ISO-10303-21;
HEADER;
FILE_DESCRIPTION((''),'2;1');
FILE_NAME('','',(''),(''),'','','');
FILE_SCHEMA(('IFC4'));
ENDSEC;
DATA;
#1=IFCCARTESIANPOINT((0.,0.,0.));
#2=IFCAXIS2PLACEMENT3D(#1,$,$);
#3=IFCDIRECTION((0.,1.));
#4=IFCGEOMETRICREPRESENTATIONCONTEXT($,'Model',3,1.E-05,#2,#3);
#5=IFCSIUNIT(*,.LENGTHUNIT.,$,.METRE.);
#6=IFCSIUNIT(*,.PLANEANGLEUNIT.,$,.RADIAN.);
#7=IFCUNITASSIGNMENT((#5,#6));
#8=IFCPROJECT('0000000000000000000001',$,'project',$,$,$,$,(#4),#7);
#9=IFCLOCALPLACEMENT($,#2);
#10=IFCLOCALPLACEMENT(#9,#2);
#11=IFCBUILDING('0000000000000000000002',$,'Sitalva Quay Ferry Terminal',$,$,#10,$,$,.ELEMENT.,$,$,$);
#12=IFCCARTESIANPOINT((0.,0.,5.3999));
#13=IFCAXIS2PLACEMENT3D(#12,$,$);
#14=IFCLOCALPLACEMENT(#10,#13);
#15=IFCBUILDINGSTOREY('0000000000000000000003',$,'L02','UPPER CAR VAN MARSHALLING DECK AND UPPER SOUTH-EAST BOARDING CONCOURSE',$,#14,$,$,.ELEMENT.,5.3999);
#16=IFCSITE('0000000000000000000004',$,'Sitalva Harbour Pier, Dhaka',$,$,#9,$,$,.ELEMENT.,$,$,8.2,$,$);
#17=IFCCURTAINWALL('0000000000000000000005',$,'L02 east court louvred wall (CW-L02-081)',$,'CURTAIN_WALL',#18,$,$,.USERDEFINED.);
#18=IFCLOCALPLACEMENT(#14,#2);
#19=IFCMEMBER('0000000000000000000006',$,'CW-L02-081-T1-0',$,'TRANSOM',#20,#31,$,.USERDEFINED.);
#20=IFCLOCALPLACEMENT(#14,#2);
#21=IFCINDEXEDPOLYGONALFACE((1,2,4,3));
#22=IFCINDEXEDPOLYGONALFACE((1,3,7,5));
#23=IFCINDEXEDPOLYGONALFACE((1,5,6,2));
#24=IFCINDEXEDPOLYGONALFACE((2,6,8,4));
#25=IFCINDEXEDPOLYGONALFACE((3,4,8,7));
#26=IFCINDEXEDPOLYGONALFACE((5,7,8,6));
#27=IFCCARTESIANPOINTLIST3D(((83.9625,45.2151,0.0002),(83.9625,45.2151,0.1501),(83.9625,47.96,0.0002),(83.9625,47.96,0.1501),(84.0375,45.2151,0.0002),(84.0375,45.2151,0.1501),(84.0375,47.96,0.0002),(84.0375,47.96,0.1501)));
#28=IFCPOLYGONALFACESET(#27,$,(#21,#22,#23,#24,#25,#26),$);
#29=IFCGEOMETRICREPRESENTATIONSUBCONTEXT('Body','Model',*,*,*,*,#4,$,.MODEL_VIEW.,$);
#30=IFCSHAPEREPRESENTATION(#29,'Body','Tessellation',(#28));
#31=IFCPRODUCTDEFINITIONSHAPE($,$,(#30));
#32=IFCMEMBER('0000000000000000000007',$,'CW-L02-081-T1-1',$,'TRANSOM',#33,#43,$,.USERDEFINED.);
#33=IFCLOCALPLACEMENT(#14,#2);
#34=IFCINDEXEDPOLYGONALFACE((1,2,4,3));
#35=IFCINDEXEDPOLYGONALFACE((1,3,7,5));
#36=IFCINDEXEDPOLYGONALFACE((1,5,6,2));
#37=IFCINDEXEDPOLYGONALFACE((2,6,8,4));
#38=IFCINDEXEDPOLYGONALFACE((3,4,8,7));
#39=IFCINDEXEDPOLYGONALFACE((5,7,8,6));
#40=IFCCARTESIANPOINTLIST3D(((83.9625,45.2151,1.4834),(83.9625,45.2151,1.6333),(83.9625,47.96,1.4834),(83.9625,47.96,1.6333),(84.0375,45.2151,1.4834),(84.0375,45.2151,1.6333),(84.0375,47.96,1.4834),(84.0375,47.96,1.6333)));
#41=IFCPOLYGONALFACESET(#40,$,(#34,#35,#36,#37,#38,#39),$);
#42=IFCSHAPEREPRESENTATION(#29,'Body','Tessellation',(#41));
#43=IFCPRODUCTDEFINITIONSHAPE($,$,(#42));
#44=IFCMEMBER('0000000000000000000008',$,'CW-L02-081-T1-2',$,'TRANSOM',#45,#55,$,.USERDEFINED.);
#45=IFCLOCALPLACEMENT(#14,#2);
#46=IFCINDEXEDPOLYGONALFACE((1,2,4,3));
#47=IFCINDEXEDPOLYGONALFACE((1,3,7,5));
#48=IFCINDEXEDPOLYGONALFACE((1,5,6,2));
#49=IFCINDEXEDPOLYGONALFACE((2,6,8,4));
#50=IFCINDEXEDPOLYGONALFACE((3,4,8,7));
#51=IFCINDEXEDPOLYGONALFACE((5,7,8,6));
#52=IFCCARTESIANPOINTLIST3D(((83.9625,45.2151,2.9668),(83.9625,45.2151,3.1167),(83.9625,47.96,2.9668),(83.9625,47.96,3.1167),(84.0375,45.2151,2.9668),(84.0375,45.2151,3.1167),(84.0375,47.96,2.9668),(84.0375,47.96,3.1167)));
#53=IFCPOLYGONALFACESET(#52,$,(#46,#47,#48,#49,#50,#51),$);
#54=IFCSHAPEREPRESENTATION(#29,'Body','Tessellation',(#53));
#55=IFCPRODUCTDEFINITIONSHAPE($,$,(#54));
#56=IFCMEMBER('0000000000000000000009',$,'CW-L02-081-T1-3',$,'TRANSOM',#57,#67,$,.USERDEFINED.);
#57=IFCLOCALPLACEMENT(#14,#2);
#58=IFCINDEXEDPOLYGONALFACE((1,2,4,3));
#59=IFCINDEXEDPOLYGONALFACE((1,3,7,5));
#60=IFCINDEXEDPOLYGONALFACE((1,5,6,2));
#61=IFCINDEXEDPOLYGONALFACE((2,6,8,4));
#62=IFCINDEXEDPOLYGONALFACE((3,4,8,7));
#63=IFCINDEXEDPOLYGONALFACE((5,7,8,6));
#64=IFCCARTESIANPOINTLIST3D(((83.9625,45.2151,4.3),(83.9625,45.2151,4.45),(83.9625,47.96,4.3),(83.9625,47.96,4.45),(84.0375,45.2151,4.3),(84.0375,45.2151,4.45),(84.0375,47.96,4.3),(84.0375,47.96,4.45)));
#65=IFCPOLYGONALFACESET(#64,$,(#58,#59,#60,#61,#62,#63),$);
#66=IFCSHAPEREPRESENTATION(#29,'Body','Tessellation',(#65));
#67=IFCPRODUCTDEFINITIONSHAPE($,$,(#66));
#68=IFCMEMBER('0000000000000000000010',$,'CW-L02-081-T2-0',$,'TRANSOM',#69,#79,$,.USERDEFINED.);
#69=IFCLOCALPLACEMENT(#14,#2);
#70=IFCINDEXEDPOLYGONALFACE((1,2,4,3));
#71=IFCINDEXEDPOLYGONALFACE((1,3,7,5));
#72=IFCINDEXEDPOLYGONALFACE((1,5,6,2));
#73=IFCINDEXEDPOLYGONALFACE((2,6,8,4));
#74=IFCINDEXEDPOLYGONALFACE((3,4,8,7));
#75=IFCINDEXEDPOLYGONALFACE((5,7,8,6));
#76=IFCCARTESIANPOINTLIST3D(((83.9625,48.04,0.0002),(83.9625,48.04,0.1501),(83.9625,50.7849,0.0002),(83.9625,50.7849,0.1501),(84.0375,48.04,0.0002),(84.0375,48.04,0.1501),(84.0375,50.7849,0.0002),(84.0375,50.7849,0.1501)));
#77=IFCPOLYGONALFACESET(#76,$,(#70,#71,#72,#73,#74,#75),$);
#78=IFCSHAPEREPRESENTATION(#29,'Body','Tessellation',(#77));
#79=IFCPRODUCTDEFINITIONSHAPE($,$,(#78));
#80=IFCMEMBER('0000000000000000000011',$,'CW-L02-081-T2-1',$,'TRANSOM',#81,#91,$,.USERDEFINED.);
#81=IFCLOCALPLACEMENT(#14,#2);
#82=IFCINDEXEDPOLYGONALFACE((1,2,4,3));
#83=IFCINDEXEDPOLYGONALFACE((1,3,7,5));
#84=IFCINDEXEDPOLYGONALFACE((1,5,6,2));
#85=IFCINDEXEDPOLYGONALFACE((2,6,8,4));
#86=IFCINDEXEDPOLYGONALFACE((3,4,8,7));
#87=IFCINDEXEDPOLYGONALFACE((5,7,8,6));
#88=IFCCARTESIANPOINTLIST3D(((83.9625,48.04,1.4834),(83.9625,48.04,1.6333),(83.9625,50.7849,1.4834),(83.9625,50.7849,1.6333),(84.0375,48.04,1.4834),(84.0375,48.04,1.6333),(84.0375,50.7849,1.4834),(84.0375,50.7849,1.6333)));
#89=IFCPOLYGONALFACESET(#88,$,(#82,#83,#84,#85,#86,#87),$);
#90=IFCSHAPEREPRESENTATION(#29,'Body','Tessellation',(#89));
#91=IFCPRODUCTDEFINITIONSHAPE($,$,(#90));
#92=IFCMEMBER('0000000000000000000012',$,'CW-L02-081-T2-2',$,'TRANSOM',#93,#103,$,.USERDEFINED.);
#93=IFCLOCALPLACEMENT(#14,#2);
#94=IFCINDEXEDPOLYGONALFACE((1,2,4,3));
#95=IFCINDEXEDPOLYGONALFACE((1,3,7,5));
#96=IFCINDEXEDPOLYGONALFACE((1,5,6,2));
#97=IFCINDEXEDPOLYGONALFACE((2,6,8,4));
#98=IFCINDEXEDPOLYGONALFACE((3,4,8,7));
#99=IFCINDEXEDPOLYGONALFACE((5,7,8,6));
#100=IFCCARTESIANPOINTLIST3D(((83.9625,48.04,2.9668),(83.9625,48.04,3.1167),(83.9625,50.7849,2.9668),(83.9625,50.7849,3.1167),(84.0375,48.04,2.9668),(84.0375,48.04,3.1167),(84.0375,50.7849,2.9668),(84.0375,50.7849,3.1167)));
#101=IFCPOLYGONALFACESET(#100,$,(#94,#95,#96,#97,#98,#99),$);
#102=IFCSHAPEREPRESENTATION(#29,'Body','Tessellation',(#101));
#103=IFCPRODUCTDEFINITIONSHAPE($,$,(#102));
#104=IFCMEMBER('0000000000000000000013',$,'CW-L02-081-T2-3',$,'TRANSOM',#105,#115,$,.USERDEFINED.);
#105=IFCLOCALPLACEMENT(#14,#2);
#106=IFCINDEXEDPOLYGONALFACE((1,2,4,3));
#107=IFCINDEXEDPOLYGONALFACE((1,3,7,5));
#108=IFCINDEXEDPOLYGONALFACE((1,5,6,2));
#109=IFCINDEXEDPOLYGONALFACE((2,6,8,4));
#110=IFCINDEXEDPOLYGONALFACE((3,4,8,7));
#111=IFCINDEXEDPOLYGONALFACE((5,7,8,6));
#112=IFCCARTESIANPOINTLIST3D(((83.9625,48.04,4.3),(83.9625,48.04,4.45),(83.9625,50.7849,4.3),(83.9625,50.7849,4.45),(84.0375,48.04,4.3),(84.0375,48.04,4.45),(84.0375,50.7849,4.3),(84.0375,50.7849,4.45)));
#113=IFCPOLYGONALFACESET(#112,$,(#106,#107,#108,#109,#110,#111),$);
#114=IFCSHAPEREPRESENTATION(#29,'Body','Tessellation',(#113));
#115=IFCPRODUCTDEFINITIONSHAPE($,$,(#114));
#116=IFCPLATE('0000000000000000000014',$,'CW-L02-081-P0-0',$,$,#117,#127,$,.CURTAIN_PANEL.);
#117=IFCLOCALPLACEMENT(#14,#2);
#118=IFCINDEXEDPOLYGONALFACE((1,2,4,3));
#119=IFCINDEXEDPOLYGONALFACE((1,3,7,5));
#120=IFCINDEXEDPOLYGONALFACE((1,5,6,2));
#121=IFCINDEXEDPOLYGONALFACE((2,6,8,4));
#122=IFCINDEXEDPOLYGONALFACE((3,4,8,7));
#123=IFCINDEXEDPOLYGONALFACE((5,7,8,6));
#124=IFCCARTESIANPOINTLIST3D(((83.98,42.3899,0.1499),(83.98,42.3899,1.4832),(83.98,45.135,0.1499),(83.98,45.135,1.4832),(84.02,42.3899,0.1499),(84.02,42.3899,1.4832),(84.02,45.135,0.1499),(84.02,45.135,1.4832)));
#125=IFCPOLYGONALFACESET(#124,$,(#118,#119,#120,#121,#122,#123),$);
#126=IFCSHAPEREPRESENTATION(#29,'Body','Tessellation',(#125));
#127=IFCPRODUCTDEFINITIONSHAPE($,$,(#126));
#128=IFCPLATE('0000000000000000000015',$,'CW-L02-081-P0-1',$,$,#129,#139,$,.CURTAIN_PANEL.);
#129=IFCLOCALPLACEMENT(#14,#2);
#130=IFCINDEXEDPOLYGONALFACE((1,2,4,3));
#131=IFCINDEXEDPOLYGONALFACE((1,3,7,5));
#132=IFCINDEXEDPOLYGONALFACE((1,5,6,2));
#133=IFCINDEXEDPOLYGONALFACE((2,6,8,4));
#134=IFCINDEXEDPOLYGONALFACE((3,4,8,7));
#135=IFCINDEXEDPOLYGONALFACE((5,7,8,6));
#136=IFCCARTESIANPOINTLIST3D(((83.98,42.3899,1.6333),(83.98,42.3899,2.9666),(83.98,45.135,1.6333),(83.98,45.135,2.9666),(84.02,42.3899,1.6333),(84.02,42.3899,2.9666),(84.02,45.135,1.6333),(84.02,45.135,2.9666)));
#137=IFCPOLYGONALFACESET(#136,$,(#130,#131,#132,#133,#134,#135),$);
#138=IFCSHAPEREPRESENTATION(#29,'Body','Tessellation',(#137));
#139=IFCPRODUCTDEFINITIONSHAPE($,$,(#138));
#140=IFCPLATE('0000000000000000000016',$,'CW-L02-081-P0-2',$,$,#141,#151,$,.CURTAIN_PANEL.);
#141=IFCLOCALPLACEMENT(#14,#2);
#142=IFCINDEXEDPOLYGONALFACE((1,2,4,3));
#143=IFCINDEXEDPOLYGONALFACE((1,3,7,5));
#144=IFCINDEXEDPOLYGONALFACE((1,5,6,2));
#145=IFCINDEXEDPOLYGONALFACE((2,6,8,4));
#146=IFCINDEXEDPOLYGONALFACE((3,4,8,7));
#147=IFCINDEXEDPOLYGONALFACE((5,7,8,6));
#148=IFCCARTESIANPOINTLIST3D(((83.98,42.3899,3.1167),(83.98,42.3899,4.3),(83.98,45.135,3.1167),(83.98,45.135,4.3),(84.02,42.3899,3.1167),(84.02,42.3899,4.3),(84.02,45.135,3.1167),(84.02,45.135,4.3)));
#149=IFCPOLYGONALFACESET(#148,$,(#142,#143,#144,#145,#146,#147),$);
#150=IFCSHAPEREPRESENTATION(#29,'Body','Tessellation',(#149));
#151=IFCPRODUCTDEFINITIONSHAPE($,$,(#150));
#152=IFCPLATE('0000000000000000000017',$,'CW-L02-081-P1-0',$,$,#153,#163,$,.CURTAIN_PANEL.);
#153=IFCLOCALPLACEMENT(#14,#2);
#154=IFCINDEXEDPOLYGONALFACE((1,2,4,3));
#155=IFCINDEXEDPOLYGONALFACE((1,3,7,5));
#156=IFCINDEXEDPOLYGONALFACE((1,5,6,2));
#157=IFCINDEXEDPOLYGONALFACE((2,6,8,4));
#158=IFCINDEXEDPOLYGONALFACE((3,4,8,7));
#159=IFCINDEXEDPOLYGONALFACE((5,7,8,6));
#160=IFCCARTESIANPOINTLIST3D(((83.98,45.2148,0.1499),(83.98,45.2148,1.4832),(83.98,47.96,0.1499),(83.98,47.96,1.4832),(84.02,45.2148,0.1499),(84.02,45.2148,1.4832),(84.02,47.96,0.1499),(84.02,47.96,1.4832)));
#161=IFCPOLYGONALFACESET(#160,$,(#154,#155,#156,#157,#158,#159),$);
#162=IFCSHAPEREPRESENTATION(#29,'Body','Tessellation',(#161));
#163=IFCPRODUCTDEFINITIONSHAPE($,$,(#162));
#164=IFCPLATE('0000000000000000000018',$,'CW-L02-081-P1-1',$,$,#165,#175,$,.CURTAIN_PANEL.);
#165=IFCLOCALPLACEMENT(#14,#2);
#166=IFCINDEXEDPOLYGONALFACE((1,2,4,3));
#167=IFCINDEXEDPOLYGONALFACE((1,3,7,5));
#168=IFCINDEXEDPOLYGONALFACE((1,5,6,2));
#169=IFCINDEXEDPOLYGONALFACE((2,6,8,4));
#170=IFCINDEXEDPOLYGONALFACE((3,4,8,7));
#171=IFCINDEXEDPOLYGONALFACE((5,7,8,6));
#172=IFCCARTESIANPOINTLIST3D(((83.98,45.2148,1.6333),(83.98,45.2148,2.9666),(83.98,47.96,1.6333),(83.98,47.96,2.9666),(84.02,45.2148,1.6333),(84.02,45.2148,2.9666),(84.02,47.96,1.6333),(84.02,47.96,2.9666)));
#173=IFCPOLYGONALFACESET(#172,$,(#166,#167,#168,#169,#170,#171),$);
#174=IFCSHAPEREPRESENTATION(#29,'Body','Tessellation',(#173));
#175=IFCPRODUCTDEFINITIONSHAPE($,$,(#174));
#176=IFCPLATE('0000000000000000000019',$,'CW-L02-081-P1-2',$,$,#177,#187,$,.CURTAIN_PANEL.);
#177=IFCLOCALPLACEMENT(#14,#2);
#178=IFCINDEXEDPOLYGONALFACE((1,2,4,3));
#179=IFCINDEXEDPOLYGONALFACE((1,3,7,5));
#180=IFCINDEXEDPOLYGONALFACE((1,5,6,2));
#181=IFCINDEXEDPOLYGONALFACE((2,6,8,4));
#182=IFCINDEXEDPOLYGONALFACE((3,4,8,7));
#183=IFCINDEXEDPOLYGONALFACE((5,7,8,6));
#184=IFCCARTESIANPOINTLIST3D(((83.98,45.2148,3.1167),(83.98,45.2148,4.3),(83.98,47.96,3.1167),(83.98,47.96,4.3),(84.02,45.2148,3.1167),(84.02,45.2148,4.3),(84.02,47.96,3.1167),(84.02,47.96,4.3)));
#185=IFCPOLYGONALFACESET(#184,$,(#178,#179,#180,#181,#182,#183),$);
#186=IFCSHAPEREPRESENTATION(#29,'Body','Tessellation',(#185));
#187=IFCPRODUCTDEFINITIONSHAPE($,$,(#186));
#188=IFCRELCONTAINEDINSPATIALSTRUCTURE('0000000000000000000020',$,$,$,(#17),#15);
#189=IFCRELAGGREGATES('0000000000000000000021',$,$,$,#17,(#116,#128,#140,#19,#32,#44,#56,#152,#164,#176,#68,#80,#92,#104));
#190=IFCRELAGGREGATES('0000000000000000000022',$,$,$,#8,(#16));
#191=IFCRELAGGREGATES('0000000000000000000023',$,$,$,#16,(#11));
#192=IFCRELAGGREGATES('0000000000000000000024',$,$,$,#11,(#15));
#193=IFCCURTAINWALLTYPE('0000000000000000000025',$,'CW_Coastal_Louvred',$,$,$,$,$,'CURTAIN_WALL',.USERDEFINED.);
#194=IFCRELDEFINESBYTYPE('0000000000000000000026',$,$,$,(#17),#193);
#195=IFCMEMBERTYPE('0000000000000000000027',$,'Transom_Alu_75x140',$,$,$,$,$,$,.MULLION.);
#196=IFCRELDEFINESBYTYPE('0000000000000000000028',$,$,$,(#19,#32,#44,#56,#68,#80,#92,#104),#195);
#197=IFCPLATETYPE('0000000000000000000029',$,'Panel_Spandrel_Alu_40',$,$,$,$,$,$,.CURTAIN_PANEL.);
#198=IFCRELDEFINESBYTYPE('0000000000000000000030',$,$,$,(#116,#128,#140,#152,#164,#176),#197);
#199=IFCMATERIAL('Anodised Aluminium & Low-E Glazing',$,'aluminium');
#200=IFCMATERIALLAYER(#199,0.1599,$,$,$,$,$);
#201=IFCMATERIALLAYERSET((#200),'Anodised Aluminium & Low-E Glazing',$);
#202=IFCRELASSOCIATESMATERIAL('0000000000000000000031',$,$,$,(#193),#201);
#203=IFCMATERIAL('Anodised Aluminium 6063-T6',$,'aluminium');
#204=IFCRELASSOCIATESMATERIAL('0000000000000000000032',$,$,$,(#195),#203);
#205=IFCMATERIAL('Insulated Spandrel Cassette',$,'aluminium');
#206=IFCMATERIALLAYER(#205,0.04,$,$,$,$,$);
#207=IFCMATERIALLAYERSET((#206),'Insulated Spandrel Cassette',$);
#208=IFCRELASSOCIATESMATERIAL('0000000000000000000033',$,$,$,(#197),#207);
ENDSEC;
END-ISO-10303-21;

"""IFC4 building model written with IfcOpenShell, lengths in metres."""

from ifc_helpers import new_model, si_unit, direction, frame, origin, origin_2d, place, context, subcontext, project, spatial, rectangle, extrude, material, layer, layer_set, material_profile, profile_set, type_object, element, aggregate, save


model = new_model("IFC4")

# Units and contexts
model_context = context("Model", 3, precision=1e-05, world=origin(), true_north=direction((0.0, 1.0)))
body_context = subcontext(model_context, "Body", "Model", "MODEL_VIEW")
ifc_project = project(units=[si_unit("LENGTHUNIT", "METRE"), si_unit("PLANEANGLEUNIT", "RADIAN")], contexts=[model_context])

# Site, building, storey
site_placement = place(None, origin())
site = spatial("IfcSite", under=ifc_project, at=site_placement, Name="Sitalva Harbour Pier, Dhaka", CompositionType="ELEMENT", RefElevation=8.2)
building_placement = place(site_placement, origin())
building = spatial("IfcBuilding", under=site, at=building_placement, Name="Sitalva Quay Ferry Terminal", CompositionType="ELEMENT")
storey_placement = place(building_placement, frame((0.0, 0.0, 5.3999)))
storey = spatial("IfcBuildingStorey", under=building, at=storey_placement, Name="L02", Description="UPPER CAR VAN MARSHALLING DECK AND UPPER SOUTH-EAST BOARDING CONCOURSE", CompositionType="ELEMENT", Elevation=5.3999)

# Curtain wall, members, plates
ifc_material_1 = material(Name="Anodised Aluminium & Low-E Glazing", Category="aluminium")
ifc_layer_1 = layer(ifc_material_1, 0.1599)
ifc_layer_set_1 = layer_set([ifc_layer_1], Name="Anodised Aluminium & Low-E Glazing")
curtain_wall_type = type_object("IfcCurtainWallType", Name="CW_Coastal_Louvred", ElementType="CURTAIN_WALL", PredefinedType="USERDEFINED", material=ifc_layer_set_1)
curtain_wall_placement = place(storey_placement, origin())
curtain_wall = element("IfcCurtainWall", 1, at=curtain_wall_placement, inside=storey, type_object=curtain_wall_type, Name="L02 east court louvred wall (CW-L02-081)", ObjectType="CURTAIN_WALL", PredefinedType="USERDEFINED")
ifc_material_2 = material(Name="Anodised Aluminium 6063-T6", Category="aluminium")
ifc_material_profile_1 = material_profile(ifc_material_2, rectangle(XDim=0.075, YDim=0.1499, at=origin_2d()), Name="ALU75x150")
ifc_profile_set_1 = profile_set([ifc_material_profile_1], Name="Anodised Aluminium 6063-T6")
member_type_1 = type_object("IfcMemberType", Name="Transom_Alu_75x140", PredefinedType="MULLION", material=ifc_profile_set_1)
member_1_placement = place(storey_placement, frame((84.0, 45.2151, 0.0752), z_axis=(0.0, 1.0, 0.0), x_axis=(-1.0, 0.0, 0.0)))
member_1 = element("IfcMember", 2, at=member_1_placement, type_object=member_type_1, Name="CW-L02-081-T1-0", ObjectType="TRANSOM", PredefinedType="USERDEFINED", context=body_context, shape_type="SweptSolid", body=[
    extrude(rectangle(XDim=0.075, YDim=0.1499, at=origin_2d()), origin(), (0.0, 0.0, 1.0), 2.7449),
])
member_2_placement = place(storey_placement, frame((84.0, 45.2151, 1.5583), z_axis=(0.0, 1.0, 0.0), x_axis=(-1.0, 0.0, 0.0)))
member_2 = element("IfcMember", 3, at=member_2_placement, type_object=member_type_1, Name="CW-L02-081-T1-1", ObjectType="TRANSOM", PredefinedType="USERDEFINED", context=body_context, shape_type="SweptSolid", body=[
    extrude(rectangle(XDim=0.075, YDim=0.1499, at=origin_2d()), origin(), (0.0, 0.0, 1.0), 2.7449),
])
member_3_placement = place(storey_placement, frame((84.0, 45.2151, 3.0417), z_axis=(0.0, 1.0, 0.0), x_axis=(-1.0, 0.0, 0.0)))
member_3 = element("IfcMember", 4, at=member_3_placement, type_object=member_type_1, Name="CW-L02-081-T1-2", ObjectType="TRANSOM", PredefinedType="USERDEFINED", context=body_context, shape_type="SweptSolid", body=[
    extrude(rectangle(XDim=0.075, YDim=0.1499, at=origin_2d()), origin(), (0.0, 0.0, 1.0), 2.7449),
])
member_4_placement = place(storey_placement, frame((84.0, 45.2151, 4.375), z_axis=(0.0, 1.0, 0.0), x_axis=(-1.0, 0.0, 0.0)))
member_4 = element("IfcMember", 5, at=member_4_placement, type_object=member_type_1, Name="CW-L02-081-T1-3", ObjectType="TRANSOM", PredefinedType="USERDEFINED", context=body_context, shape_type="SweptSolid", body=[
    extrude(rectangle(XDim=0.075, YDim=0.1499, at=origin_2d()), origin(), (0.0, 0.0, 1.0), 2.7449),
])
member_5_placement = place(storey_placement, frame((84.0, 48.04, 0.0752), z_axis=(0.0, 1.0, 0.0), x_axis=(-1.0, 0.0, 0.0)))
member_5 = element("IfcMember", 6, at=member_5_placement, type_object=member_type_1, Name="CW-L02-081-T2-0", ObjectType="TRANSOM", PredefinedType="USERDEFINED", context=body_context, shape_type="SweptSolid", body=[
    extrude(rectangle(XDim=0.075, YDim=0.1499, at=origin_2d()), origin(), (0.0, 0.0, 1.0), 2.7449),
])
member_6_placement = place(storey_placement, frame((84.0, 48.04, 1.5583), z_axis=(0.0, 1.0, 0.0), x_axis=(-1.0, 0.0, 0.0)))
member_6 = element("IfcMember", 7, at=member_6_placement, type_object=member_type_1, Name="CW-L02-081-T2-1", ObjectType="TRANSOM", PredefinedType="USERDEFINED", context=body_context, shape_type="SweptSolid", body=[
    extrude(rectangle(XDim=0.075, YDim=0.1499, at=origin_2d()), origin(), (0.0, 0.0, 1.0), 2.7449),
])
member_7_placement = place(storey_placement, frame((84.0, 48.04, 3.0417), z_axis=(0.0, 1.0, 0.0), x_axis=(-1.0, 0.0, 0.0)))
member_7 = element("IfcMember", 8, at=member_7_placement, type_object=member_type_1, Name="CW-L02-081-T2-2", ObjectType="TRANSOM", PredefinedType="USERDEFINED", context=body_context, shape_type="SweptSolid", body=[
    extrude(rectangle(XDim=0.075, YDim=0.1499, at=origin_2d()), origin(), (0.0, 0.0, 1.0), 2.7449),
])
member_8_placement = place(storey_placement, frame((84.0, 48.04, 4.375), z_axis=(0.0, 1.0, 0.0), x_axis=(-1.0, 0.0, 0.0)))
member_8 = element("IfcMember", 9, at=member_8_placement, type_object=member_type_1, Name="CW-L02-081-T2-3", ObjectType="TRANSOM", PredefinedType="USERDEFINED", context=body_context, shape_type="SweptSolid", body=[
    extrude(rectangle(XDim=0.075, YDim=0.1499, at=origin_2d()), origin(), (0.0, 0.0, 1.0), 2.7449),
])
ifc_material_3 = material(Name="Insulated Spandrel Cassette", Category="aluminium")
ifc_layer_2 = layer(ifc_material_3, 0.04)
ifc_layer_set_2 = layer_set([ifc_layer_2], Name="Insulated Spandrel Cassette")
plate_type = type_object("IfcPlateType", Name="Panel_Spandrel_Alu_40", PredefinedType="CURTAIN_PANEL", material=ifc_layer_set_2)
plate_1_placement = place(storey_placement, frame((84.0, 43.7625, 0.1499), z_axis=(0.0, 0.0, 1.0), x_axis=(0.0, 1.0, 0.0)))
plate_1 = element("IfcPlate", 10, at=plate_1_placement, type_object=plate_type, Name="CW-L02-081-P0-0", PredefinedType="CURTAIN_PANEL", context=body_context, shape_type="SweptSolid", body=[
    extrude(rectangle(XDim=2.7451, YDim=0.04, at=origin_2d()), origin(), (0.0, 0.0, 1.0), 1.3333),
])
plate_2_placement = place(storey_placement, frame((84.0, 43.7625, 1.6333), z_axis=(0.0, 0.0, 1.0), x_axis=(0.0, 1.0, 0.0)))
plate_2 = element("IfcPlate", 11, at=plate_2_placement, type_object=plate_type, Name="CW-L02-081-P0-1", PredefinedType="CURTAIN_PANEL", context=body_context, shape_type="SweptSolid", body=[
    extrude(rectangle(XDim=2.7451, YDim=0.04, at=origin_2d()), origin(), (0.0, 0.0, 1.0), 1.3333),
])
plate_3_placement = place(storey_placement, frame((84.0, 43.7625, 3.1167), z_axis=(0.0, 0.0, 1.0), x_axis=(0.0, 1.0, 0.0)))
plate_3 = element("IfcPlate", 12, at=plate_3_placement, type_object=plate_type, Name="CW-L02-081-P0-2", PredefinedType="CURTAIN_PANEL", context=body_context, shape_type="SweptSolid", body=[
    extrude(rectangle(XDim=2.7451, YDim=0.04, at=origin_2d()), origin(), (0.0, 0.0, 1.0), 1.1833),
])
plate_4_placement = place(storey_placement, frame((84.0, 46.5874, 0.1499), z_axis=(0.0, 0.0, 1.0), x_axis=(0.0, 1.0, 0.0)))
plate_4 = element("IfcPlate", 13, at=plate_4_placement, type_object=plate_type, Name="CW-L02-081-P1-0", PredefinedType="CURTAIN_PANEL", context=body_context, shape_type="SweptSolid", body=[
    extrude(rectangle(XDim=2.7451, YDim=0.04, at=origin_2d()), origin(), (0.0, 0.0, 1.0), 1.3333),
])
plate_5_placement = place(storey_placement, frame((84.0, 46.5874, 1.6333), z_axis=(0.0, 0.0, 1.0), x_axis=(0.0, 1.0, 0.0)))
plate_5 = element("IfcPlate", 14, at=plate_5_placement, type_object=plate_type, Name="CW-L02-081-P1-1", PredefinedType="CURTAIN_PANEL", context=body_context, shape_type="SweptSolid", body=[
    extrude(rectangle(XDim=2.7451, YDim=0.04, at=origin_2d()), origin(), (0.0, 0.0, 1.0), 1.3333),
])
plate_6_placement = place(storey_placement, frame((84.0, 46.5874, 3.1167), z_axis=(0.0, 0.0, 1.0), x_axis=(0.0, 1.0, 0.0)))
plate_6 = element("IfcPlate", 15, at=plate_6_placement, type_object=plate_type, Name="CW-L02-081-P1-2", PredefinedType="CURTAIN_PANEL", context=body_context, shape_type="SweptSolid", body=[
    extrude(rectangle(XDim=2.7451, YDim=0.04, at=origin_2d()), origin(), (0.0, 0.0, 1.0), 1.1833),
])
aggregate(curtain_wall, [plate_1, plate_2, plate_3, member_1, member_2, member_3, member_4, plate_4, plate_5, plate_6, member_5, member_6, member_7, member_8])

save(model, "model.ifc")
